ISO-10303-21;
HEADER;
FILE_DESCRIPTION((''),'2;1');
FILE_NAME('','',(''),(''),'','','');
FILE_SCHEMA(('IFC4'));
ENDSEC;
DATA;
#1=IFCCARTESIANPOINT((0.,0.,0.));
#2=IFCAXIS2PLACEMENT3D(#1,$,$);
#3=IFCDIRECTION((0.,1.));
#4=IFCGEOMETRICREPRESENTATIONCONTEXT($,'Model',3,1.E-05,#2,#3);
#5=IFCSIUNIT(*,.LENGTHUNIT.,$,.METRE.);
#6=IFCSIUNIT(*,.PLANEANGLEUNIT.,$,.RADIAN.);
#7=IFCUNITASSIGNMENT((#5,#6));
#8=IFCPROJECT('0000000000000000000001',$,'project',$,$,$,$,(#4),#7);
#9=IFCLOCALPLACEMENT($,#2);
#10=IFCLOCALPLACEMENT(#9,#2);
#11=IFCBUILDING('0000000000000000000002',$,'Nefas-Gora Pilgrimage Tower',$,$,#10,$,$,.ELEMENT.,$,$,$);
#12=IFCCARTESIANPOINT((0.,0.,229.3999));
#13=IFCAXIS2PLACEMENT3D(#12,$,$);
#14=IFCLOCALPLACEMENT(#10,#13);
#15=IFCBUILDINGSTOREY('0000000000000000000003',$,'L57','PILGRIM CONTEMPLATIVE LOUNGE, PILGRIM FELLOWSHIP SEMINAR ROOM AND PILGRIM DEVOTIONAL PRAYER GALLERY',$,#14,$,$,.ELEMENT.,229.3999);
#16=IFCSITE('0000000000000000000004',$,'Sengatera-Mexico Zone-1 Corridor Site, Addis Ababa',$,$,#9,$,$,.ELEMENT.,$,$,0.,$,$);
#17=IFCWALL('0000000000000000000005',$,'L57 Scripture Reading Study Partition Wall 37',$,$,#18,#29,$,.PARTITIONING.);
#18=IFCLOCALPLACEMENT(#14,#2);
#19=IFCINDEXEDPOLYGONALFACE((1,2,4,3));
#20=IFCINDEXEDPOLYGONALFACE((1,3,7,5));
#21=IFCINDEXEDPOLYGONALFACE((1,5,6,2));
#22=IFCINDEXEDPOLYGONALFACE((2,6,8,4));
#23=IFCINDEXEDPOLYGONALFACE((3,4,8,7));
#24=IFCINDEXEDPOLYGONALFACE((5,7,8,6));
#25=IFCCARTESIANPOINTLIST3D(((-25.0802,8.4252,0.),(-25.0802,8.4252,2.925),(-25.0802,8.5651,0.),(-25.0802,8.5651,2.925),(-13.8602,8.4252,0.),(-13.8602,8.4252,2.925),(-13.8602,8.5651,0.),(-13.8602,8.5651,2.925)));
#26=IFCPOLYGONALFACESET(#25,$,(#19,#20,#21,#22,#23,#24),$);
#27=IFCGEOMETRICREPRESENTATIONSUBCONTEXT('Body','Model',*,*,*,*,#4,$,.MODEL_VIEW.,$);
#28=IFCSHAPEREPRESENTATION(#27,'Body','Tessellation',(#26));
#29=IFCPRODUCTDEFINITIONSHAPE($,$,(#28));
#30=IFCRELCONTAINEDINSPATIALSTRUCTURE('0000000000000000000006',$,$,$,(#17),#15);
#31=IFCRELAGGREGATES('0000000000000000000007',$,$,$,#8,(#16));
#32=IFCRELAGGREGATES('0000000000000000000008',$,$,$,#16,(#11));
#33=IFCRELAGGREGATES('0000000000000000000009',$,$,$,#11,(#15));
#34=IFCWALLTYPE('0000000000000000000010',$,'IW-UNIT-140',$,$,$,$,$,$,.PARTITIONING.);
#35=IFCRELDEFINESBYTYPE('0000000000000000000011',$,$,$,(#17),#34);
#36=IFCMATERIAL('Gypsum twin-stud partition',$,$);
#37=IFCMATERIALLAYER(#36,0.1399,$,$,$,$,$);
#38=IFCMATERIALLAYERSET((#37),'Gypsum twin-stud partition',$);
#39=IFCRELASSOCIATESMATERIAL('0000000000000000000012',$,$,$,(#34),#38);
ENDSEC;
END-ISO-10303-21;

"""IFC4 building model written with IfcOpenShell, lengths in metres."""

from ifc_helpers import new_model, si_unit, direction, frame, frame_2d, origin, place, context, subcontext, project, spatial, rectangle, extrude, source, transform, mapped, material, layer, layer_set, type_object, element, save


model = new_model("IFC4")

# Units and contexts
model_context = context("Model", 3, precision=1e-05, world=origin(), true_north=direction((0.0, 1.0)))
body_context = subcontext(model_context, "Body", "Model", "MODEL_VIEW")
ifc_project = project(units=[si_unit("LENGTHUNIT", "METRE"), si_unit("PLANEANGLEUNIT", "RADIAN")], contexts=[model_context])

# Site, building, storey
site_placement = place(None, origin())
site = spatial("IfcSite", under=ifc_project, at=site_placement, Name="Sengatera-Mexico Zone-1 Corridor Site, Addis Ababa", CompositionType="ELEMENT", RefElevation=0.0)
building_placement = place(site_placement, origin())
building = spatial("IfcBuilding", under=site, at=building_placement, Name="Nefas-Gora Pilgrimage Tower", CompositionType="ELEMENT")
storey_placement = place(building_placement, frame((0.0, 0.0, 229.3999)))
storey = spatial("IfcBuildingStorey", under=building, at=storey_placement, Name="L57", Description="PILGRIM CONTEMPLATIVE LOUNGE, PILGRIM FELLOWSHIP SEMINAR ROOM AND PILGRIM DEVOTIONAL PRAYER GALLERY", CompositionType="ELEMENT", Elevation=229.3999)

# Wall
ifc_material_1 = material(Name="Gypsum twin-stud partition")
ifc_layer_1 = layer(ifc_material_1, 0.1399)
ifc_layer_set_1 = layer_set([ifc_layer_1], Name="Gypsum twin-stud partition")
wall_type_1 = type_object("IfcWallType", Name="IW-UNIT-140", PredefinedType="PARTITIONING", material=ifc_layer_set_1)
shared_shape_1 = source(origin(), body_context, "Body", "SweptSolid", [
    extrude(rectangle(XDim=11.22, YDim=0.1399, at=frame_2d((5.6099, 0.0))), origin(), (0.0, 0.0, 1.0), 2.925),
])
wall_1_placement = place(storey_placement, frame((-25.0801, 8.4951, 0.0), z_axis=(0.0, 0.0, 1.0), x_axis=(1.0, 0.0, 0.0)))
element("IfcWall", 1, at=wall_1_placement, inside=storey, type_object=wall_type_1, Name="L57 Scripture Reading Study Partition Wall 37", PredefinedType="PARTITIONING", context=body_context, shape_type="MappedRepresentation", body=[
    mapped(shared_shape_1, transform((0.0, 0.0, 0.0), x_axis=(1.0, 0.0, 0.0), y_axis=(0.0, 1.0, 0.0), z_axis=(0.0, 0.0, 1.0), scale=1.0)),
])

save(model, "model.ifc")
